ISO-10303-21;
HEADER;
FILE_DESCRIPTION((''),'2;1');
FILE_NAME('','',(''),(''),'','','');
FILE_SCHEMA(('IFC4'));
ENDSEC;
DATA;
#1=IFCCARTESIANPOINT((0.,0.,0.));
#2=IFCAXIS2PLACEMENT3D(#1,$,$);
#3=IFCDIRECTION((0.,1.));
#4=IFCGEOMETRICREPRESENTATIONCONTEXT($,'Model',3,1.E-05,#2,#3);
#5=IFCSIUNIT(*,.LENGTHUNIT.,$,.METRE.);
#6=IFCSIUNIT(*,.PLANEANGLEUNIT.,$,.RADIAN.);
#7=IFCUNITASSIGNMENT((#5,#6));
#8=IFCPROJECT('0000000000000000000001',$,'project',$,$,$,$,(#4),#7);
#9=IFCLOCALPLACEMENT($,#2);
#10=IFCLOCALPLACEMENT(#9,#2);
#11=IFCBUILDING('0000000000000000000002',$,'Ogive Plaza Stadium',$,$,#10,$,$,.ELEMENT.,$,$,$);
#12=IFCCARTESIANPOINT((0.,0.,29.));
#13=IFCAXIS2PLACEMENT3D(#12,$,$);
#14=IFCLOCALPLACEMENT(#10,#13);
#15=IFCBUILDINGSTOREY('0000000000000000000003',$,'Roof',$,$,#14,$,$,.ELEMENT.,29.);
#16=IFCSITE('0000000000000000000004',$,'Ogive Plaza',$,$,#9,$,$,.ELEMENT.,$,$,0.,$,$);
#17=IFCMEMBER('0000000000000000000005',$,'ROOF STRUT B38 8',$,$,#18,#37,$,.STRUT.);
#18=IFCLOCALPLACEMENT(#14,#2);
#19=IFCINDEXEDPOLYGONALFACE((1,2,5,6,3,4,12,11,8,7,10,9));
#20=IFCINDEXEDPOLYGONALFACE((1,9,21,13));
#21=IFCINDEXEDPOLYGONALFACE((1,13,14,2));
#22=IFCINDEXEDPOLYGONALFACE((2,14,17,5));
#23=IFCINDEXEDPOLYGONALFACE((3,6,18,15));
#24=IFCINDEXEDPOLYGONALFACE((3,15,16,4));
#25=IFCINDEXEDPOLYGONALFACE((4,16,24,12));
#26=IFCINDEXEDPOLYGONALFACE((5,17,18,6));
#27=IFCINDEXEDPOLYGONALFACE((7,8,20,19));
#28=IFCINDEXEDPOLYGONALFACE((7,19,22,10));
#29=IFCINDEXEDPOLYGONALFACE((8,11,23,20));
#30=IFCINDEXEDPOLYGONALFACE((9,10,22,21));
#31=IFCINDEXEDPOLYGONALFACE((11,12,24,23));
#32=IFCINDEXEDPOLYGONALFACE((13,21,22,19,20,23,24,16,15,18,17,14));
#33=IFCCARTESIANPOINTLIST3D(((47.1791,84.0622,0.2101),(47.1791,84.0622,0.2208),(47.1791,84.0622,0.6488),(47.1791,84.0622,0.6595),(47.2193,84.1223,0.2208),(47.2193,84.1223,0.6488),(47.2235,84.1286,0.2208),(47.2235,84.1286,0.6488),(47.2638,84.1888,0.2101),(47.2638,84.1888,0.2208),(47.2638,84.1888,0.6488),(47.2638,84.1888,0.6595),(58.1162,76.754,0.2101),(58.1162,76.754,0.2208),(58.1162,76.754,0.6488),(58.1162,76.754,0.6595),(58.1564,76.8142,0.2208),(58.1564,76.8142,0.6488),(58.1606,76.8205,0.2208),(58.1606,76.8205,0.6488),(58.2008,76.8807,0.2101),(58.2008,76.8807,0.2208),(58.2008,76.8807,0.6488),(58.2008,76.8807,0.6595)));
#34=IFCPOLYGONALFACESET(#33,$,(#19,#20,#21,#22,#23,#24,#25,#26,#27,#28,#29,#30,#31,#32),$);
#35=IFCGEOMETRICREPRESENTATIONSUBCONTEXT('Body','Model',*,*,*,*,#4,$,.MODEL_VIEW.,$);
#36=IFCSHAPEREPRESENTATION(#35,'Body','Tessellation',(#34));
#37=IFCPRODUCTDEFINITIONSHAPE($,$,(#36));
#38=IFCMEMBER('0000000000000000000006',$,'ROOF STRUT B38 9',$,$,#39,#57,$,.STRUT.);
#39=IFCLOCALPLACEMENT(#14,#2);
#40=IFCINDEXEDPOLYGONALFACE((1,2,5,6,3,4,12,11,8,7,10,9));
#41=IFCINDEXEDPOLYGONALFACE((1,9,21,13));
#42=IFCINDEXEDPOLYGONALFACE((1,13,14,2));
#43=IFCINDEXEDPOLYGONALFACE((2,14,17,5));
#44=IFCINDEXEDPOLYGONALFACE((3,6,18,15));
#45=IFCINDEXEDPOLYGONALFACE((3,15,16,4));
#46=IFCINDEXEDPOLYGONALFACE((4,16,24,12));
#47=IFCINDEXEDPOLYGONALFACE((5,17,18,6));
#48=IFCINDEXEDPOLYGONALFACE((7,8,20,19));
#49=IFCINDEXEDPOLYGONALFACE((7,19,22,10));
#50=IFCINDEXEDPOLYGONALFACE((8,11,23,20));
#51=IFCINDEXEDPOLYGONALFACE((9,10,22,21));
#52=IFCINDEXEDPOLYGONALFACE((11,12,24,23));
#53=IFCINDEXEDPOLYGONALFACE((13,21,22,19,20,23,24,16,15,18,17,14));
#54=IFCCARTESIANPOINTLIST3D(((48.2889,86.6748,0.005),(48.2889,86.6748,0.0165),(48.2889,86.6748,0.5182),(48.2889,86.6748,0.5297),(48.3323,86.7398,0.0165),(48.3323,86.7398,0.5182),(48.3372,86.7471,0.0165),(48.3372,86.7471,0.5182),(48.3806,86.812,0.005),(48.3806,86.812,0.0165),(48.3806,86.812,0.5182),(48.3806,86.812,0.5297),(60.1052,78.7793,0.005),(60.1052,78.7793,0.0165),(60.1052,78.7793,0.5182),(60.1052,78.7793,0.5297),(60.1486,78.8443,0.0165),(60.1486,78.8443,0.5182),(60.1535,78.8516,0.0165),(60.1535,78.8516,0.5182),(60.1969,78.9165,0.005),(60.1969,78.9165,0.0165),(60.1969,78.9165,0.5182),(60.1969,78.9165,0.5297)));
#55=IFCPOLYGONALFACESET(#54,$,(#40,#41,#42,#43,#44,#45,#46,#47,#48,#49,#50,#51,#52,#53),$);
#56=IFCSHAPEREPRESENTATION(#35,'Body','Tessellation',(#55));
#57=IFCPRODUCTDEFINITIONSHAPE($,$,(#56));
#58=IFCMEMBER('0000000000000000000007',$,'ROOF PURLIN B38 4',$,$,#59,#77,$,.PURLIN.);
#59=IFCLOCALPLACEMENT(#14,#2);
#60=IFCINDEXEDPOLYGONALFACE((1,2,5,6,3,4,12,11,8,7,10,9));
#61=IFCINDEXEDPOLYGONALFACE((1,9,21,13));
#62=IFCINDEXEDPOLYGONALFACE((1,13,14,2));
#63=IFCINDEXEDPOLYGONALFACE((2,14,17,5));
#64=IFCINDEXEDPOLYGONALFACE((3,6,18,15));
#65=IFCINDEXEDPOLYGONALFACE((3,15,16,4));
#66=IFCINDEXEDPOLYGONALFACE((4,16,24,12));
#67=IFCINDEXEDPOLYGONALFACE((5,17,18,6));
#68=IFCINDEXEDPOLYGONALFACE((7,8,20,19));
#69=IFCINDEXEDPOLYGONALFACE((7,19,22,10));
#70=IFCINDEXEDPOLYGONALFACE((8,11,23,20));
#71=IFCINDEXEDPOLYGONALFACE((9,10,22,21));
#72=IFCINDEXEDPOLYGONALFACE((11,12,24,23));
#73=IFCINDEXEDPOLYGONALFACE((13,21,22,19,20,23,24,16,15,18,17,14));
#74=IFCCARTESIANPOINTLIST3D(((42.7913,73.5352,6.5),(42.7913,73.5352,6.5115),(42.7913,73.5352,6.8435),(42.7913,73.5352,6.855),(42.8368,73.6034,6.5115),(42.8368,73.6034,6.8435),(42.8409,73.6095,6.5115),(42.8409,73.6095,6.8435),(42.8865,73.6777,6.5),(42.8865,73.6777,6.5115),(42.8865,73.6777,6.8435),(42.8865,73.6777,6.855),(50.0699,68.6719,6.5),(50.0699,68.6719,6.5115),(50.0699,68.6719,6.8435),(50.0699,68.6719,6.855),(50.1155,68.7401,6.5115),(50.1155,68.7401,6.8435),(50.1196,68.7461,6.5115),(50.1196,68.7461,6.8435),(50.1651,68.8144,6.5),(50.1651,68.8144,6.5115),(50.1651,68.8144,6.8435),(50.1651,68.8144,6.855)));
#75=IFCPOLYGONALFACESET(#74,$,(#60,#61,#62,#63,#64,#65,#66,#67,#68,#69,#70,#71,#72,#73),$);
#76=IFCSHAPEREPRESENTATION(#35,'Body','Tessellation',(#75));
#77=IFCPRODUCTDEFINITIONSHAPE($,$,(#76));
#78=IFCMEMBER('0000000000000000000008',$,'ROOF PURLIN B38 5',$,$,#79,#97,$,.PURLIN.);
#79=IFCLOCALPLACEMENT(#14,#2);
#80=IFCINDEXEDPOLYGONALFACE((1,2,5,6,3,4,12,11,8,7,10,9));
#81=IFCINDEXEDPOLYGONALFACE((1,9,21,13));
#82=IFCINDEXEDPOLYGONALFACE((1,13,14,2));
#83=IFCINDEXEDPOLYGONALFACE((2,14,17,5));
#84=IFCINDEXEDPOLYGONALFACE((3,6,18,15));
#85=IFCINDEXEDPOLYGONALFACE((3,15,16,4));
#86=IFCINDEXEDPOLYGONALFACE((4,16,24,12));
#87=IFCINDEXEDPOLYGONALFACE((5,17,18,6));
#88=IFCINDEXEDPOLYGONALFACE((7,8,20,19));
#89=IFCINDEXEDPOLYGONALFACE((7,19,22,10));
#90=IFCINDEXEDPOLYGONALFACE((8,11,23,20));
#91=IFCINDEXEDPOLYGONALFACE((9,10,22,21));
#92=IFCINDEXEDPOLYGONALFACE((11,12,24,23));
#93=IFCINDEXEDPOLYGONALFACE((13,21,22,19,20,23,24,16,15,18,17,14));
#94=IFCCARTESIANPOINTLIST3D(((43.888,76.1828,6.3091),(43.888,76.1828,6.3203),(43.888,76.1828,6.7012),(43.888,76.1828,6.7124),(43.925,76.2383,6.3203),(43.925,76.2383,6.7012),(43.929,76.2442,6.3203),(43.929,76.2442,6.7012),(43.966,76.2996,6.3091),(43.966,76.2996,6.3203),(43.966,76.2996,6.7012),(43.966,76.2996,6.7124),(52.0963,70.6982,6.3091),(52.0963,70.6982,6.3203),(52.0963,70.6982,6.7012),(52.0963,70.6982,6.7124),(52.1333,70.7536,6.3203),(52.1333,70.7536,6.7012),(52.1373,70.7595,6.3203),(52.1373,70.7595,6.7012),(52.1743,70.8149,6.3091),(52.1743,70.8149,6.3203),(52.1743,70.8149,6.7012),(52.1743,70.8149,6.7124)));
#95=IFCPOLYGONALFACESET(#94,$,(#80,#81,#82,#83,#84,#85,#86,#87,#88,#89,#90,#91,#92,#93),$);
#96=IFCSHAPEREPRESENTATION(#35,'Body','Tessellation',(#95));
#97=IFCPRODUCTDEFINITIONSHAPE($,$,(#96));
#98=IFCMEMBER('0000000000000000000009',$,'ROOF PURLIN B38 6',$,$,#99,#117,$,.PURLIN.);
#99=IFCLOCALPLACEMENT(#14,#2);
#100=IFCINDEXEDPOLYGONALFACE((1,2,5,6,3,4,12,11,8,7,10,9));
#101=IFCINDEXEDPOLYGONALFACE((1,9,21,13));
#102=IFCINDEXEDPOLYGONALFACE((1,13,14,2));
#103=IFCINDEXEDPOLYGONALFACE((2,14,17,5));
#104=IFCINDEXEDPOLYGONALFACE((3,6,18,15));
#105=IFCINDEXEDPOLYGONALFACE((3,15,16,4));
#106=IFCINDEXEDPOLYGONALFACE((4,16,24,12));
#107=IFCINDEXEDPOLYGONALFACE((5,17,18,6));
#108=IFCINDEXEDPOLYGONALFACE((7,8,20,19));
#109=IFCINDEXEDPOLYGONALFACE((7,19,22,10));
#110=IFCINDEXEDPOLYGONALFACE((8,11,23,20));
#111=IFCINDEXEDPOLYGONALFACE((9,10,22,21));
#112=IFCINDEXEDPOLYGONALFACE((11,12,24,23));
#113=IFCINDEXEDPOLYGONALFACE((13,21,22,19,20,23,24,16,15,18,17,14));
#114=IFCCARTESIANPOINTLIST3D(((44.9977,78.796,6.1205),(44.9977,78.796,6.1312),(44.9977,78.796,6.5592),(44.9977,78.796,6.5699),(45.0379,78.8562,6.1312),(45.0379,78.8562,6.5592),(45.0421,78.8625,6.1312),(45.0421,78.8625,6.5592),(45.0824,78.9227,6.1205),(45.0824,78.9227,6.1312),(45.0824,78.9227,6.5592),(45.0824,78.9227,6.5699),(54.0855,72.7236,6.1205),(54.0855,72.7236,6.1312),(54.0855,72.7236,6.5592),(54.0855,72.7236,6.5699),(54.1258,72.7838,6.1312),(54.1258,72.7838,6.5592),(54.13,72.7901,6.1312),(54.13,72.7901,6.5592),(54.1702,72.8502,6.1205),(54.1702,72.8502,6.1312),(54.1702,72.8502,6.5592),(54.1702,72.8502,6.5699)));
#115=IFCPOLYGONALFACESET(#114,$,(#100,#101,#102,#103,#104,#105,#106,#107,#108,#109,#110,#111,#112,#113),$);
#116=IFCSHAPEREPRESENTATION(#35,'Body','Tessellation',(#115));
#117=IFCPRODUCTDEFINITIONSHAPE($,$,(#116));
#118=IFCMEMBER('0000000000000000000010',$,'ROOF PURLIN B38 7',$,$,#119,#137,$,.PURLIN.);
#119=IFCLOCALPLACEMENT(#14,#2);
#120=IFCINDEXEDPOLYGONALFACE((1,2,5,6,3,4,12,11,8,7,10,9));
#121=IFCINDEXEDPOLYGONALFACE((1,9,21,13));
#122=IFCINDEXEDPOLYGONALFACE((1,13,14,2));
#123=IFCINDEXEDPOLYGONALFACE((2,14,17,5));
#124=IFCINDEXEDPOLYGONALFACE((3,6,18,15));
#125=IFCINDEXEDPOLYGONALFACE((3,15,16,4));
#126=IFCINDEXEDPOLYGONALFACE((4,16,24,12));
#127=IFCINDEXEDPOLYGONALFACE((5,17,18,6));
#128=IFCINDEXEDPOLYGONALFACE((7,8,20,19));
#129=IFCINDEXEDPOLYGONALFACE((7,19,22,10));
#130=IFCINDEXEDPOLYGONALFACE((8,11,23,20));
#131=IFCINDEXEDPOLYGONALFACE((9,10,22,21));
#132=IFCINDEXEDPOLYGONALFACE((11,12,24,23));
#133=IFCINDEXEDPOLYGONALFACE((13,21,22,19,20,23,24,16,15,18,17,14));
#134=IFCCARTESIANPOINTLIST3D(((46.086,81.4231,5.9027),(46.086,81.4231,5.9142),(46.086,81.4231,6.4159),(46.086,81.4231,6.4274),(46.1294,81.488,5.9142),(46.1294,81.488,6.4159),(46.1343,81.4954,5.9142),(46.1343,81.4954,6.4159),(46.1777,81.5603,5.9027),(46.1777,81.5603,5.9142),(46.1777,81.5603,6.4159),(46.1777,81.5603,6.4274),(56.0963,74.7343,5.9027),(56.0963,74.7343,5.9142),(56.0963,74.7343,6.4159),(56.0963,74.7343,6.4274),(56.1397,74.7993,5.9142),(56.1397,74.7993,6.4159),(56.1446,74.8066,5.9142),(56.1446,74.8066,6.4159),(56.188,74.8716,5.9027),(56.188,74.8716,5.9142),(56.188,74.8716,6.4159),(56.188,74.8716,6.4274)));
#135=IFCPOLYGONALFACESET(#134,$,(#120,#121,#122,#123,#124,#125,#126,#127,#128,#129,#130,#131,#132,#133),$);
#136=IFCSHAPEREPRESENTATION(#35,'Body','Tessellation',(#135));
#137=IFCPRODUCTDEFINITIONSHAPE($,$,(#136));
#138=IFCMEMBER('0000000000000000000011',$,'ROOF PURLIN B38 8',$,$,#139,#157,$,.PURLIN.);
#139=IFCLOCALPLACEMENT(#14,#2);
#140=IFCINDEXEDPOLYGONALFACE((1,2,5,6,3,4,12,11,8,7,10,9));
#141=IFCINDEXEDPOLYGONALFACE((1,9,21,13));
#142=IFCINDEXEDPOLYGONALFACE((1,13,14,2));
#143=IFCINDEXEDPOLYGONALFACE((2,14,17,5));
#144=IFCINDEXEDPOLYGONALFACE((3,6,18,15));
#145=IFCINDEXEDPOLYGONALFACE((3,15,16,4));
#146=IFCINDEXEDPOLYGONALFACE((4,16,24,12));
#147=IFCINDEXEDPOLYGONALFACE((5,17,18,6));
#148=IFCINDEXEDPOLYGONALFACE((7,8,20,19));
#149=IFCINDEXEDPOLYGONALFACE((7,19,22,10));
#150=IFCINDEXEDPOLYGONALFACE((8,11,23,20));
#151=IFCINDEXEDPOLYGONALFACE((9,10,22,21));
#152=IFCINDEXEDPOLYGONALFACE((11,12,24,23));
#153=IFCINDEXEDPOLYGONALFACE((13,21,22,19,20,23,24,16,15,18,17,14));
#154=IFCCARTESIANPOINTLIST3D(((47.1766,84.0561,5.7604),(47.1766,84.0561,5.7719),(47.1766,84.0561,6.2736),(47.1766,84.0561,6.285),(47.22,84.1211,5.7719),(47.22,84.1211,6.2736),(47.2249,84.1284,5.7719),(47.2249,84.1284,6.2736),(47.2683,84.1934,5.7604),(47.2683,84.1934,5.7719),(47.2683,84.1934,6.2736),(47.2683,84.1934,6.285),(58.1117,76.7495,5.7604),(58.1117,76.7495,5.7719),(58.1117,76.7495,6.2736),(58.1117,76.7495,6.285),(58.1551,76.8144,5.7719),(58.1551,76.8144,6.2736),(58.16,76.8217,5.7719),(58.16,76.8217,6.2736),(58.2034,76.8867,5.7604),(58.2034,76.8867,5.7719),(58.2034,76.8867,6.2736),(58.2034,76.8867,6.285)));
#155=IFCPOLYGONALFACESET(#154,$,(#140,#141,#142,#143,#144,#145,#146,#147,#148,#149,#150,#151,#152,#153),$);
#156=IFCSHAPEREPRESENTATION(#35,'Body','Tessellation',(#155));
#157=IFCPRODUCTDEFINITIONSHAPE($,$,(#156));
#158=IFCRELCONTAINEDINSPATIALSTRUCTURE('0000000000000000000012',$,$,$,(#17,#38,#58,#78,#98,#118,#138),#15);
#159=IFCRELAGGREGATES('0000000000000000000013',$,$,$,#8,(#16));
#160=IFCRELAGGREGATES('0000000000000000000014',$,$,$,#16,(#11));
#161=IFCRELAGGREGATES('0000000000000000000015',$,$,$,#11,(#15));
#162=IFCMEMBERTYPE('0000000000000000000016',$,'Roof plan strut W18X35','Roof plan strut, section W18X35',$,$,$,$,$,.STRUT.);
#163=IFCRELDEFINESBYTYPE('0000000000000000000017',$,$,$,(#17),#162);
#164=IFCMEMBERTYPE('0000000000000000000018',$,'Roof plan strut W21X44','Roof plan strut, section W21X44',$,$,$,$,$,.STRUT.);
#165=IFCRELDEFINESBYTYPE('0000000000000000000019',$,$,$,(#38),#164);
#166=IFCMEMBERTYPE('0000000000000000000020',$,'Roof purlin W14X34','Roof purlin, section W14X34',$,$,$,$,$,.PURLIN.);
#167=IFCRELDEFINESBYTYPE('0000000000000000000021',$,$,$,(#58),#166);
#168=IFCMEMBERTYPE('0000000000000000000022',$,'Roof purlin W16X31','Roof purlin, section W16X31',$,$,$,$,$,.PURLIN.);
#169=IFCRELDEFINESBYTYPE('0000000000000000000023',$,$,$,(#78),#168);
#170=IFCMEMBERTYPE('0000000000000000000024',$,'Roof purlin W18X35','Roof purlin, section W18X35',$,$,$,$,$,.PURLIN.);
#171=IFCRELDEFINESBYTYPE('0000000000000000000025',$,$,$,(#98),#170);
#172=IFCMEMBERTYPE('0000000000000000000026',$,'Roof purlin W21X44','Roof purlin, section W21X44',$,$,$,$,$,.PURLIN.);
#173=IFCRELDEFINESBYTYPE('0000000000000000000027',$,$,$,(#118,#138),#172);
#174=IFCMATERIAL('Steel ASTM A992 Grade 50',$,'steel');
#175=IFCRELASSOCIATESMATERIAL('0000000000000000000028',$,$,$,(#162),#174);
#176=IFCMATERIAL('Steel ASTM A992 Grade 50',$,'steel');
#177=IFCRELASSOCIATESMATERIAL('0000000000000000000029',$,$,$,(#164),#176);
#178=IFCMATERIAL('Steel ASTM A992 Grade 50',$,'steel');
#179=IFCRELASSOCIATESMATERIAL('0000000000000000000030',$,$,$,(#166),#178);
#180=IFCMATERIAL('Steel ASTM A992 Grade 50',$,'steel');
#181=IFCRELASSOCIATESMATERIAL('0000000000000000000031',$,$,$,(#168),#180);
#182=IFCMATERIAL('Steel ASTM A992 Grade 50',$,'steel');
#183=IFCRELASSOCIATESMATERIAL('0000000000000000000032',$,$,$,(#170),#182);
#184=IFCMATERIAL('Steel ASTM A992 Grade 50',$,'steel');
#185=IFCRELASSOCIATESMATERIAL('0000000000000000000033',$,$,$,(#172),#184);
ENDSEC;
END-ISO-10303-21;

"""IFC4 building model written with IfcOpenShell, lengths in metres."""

from ifc_helpers import new_model, si_unit, direction, frame, origin, origin_2d, place, context, subcontext, project, spatial, i_section, extrude, material, material_profile, profile_set, type_object, element, save


model = new_model("IFC4")

# Units and contexts
model_context = context("Model", 3, precision=1e-05, world=origin(), true_north=direction((0.0, 1.0)))
body_context = subcontext(model_context, "Body", "Model", "MODEL_VIEW")
ifc_project = project(units=[si_unit("LENGTHUNIT", "METRE"), si_unit("PLANEANGLEUNIT", "RADIAN")], contexts=[model_context])

# Site, building, storey
site_placement = place(None, origin())
site = spatial("IfcSite", under=ifc_project, at=site_placement, Name="Ogive Plaza", CompositionType="ELEMENT", RefElevation=0.0)
building_placement = place(site_placement, origin())
building = spatial("IfcBuilding", under=site, at=building_placement, Name="Ogive Plaza Stadium", CompositionType="ELEMENT")
storey_placement = place(building_placement, frame((0.0, 0.0, 29.0)))
storey = spatial("IfcBuildingStorey", under=building, at=storey_placement, Name="Roof", CompositionType="ELEMENT", Elevation=29.0)

# Members
ifc_material_1 = material(Name="Steel ASTM A992 Grade 50", Category="steel")
ifc_material_profile_1 = material_profile(ifc_material_1, i_section(OverallWidth=0.1523, OverallDepth=0.4495, WebThickness=0.0076, FlangeThickness=0.0107, at=origin_2d()), Name="W18X35")
ifc_profile_set_1 = profile_set([ifc_material_profile_1], Name="Steel ASTM A992 Grade 50")
member_type_1 = type_object("IfcMemberType", Name="Roof plan strut W18X35", Description="Roof plan strut, section W18X35", PredefinedType="STRUT", material=ifc_profile_set_1)
member_1_placement = place(storey_placement, frame((47.2214, 84.1255, 0.4348), z_axis=(0.831462, -0.555582, 0.0), x_axis=(0.555582, 0.831462, 0.0)))
element("IfcMember", 1, at=member_1_placement, inside=storey, type_object=member_type_1, Name="ROOF STRUT B38 8", PredefinedType="STRUT", context=body_context, shape_type="SweptSolid", body=[
    extrude(i_section(OverallWidth=0.1523, OverallDepth=0.4495, WebThickness=0.0076, FlangeThickness=0.0107, at=origin_2d()), origin(), (0.0, 0.0, 1.0), 13.1541),
])
ifc_material_2 = material(Name="Steel ASTM A992 Grade 50", Category="steel")
ifc_material_profile_2 = material_profile(ifc_material_2, i_section(OverallWidth=0.165, OverallDepth=0.5247, WebThickness=0.0088, FlangeThickness=0.0115, at=origin_2d()), Name="W21X44")
ifc_profile_set_2 = profile_set([ifc_material_profile_2], Name="Steel ASTM A992 Grade 50")
member_type_2 = type_object("IfcMemberType", Name="Roof plan strut W21X44", Description="Roof plan strut, section W21X44", PredefinedType="STRUT", material=ifc_profile_set_2)
member_2_placement = place(storey_placement, frame((48.3347, 86.7434, 0.2673), z_axis=(0.831468, -0.555572, 0.0), x_axis=(0.555572, 0.831468, 0.0)))
element("IfcMember", 2, at=member_2_placement, inside=storey, type_object=member_type_2, Name="ROOF STRUT B38 9", PredefinedType="STRUT", context=body_context, shape_type="SweptSolid", body=[
    extrude(i_section(OverallWidth=0.165, OverallDepth=0.5247, WebThickness=0.0088, FlangeThickness=0.0115, at=origin_2d()), origin(), (0.0, 0.0, 1.0), 14.2114),
])
ifc_material_3 = material(Name="Steel ASTM A992 Grade 50", Category="steel")
ifc_material_profile_3 = material_profile(ifc_material_3, i_section(OverallWidth=0.1714, OverallDepth=0.355, WebThickness=0.0073, FlangeThickness=0.0115, at=origin_2d()), Name="W14X34")
ifc_profile_set_3 = profile_set([ifc_material_profile_3], Name="Steel ASTM A992 Grade 50")
member_type_3 = type_object("IfcMemberType", Name="Roof purlin W14X34", Description="Roof purlin, section W14X34", PredefinedType="PURLIN", material=ifc_profile_set_3)
member_3_placement = place(storey_placement, frame((42.8389, 73.6064, 6.6775), z_axis=(0.831475, -0.555562, 0.0), x_axis=(0.555562, 0.831475, 0.0)))
element("IfcMember", 3, at=member_3_placement, inside=storey, type_object=member_type_3, Name="ROOF PURLIN B38 4", PredefinedType="PURLIN", context=body_context, shape_type="SweptSolid", body=[
    extrude(i_section(OverallWidth=0.1714, OverallDepth=0.355, WebThickness=0.0073, FlangeThickness=0.0115, at=origin_2d()), origin(), (0.0, 0.0, 1.0), 8.7539),
])
ifc_material_4 = material(Name="Steel ASTM A992 Grade 50", Category="steel")
ifc_material_profile_4 = material_profile(ifc_material_4, i_section(OverallWidth=0.1404, OverallDepth=0.4033, WebThickness=0.0071, FlangeThickness=0.0112, at=origin_2d()), Name="W16X31")
ifc_profile_set_4 = profile_set([ifc_material_profile_4], Name="Steel ASTM A992 Grade 50")
member_type_4 = type_object("IfcMemberType", Name="Roof purlin W16X31", Description="Roof purlin, section W16X31", PredefinedType="PURLIN", material=ifc_profile_set_4)
member_4_placement = place(storey_placement, frame((43.927, 76.2412, 6.5107), z_axis=(0.831468, -0.555573, 0.0), x_axis=(0.555573, 0.831468, 0.0)))
element("IfcMember", 4, at=member_4_placement, inside=storey, type_object=member_type_4, Name="ROOF PURLIN B38 5", PredefinedType="PURLIN", context=body_context, shape_type="SweptSolid", body=[
    extrude(i_section(OverallWidth=0.1404, OverallDepth=0.4033, WebThickness=0.0071, FlangeThickness=0.0112, at=origin_2d()), origin(), (0.0, 0.0, 1.0), 9.8721),
])
ifc_material_5 = material(Name="Steel ASTM A992 Grade 50", Category="steel")
ifc_material_profile_5 = material_profile(ifc_material_5, i_section(OverallWidth=0.1523, OverallDepth=0.4495, WebThickness=0.0076, FlangeThickness=0.0107, at=origin_2d()), Name="W18X35")
ifc_profile_set_5 = profile_set([ifc_material_profile_5], Name="Steel ASTM A992 Grade 50")
member_type_5 = type_object("IfcMemberType", Name="Roof purlin W18X35", Description="Roof purlin, section W18X35", PredefinedType="PURLIN", material=ifc_profile_set_5)
member_5_placement = place(storey_placement, frame((45.04, 78.8594, 6.3452), z_axis=(0.831462, -0.555581, 0.0), x_axis=(0.555581, 0.831462, 0.0)))
element("IfcMember", 5, at=member_5_placement, inside=storey, type_object=member_type_5, Name="ROOF PURLIN B38 6", PredefinedType="PURLIN", context=body_context, shape_type="SweptSolid", body=[
    extrude(i_section(OverallWidth=0.1523, OverallDepth=0.4495, WebThickness=0.0076, FlangeThickness=0.0107, at=origin_2d()), origin(), (0.0, 0.0, 1.0), 10.9299),
])
ifc_material_6 = material(Name="Steel ASTM A992 Grade 50", Category="steel")
ifc_material_profile_6 = material_profile(ifc_material_6, i_section(OverallWidth=0.165, OverallDepth=0.5247, WebThickness=0.0088, FlangeThickness=0.0115, at=origin_2d()), Name="W21X44")
ifc_profile_set_6 = profile_set([ifc_material_profile_6], Name="Steel ASTM A992 Grade 50")
member_type_6 = type_object("IfcMemberType", Name="Roof purlin W21X44", Description="Roof purlin, section W21X44", PredefinedType="PURLIN", material=ifc_profile_set_6)
member_6_placement = place(storey_placement, frame((46.1318, 81.4917, 6.165), z_axis=(0.831466, -0.555575, 0.0), x_axis=(0.555575, 0.831466, 0.0)))
element("IfcMember", 6, at=member_6_placement, inside=storey, type_object=member_type_6, Name="ROOF PURLIN B38 7", PredefinedType="PURLIN", context=body_context, shape_type="SweptSolid", body=[
    extrude(i_section(OverallWidth=0.165, OverallDepth=0.5247, WebThickness=0.0088, FlangeThickness=0.0115, at=origin_2d()), origin(), (0.0, 0.0, 1.0), 12.0393),
])
member_7_placement = place(storey_placement, frame((47.2224, 84.1248, 6.0227), z_axis=(0.831467, -0.555574, 0.0), x_axis=(0.555574, 0.831467, 0.0)))
element("IfcMember", 7, at=member_7_placement, inside=storey, type_object=member_type_6, Name="ROOF PURLIN B38 8", PredefinedType="PURLIN", context=body_context, shape_type="SweptSolid", body=[
    extrude(i_section(OverallWidth=0.165, OverallDepth=0.5247, WebThickness=0.0088, FlangeThickness=0.0115, at=origin_2d()), origin(), (0.0, 0.0, 1.0), 13.1516),
])

save(model, "model.ifc")
